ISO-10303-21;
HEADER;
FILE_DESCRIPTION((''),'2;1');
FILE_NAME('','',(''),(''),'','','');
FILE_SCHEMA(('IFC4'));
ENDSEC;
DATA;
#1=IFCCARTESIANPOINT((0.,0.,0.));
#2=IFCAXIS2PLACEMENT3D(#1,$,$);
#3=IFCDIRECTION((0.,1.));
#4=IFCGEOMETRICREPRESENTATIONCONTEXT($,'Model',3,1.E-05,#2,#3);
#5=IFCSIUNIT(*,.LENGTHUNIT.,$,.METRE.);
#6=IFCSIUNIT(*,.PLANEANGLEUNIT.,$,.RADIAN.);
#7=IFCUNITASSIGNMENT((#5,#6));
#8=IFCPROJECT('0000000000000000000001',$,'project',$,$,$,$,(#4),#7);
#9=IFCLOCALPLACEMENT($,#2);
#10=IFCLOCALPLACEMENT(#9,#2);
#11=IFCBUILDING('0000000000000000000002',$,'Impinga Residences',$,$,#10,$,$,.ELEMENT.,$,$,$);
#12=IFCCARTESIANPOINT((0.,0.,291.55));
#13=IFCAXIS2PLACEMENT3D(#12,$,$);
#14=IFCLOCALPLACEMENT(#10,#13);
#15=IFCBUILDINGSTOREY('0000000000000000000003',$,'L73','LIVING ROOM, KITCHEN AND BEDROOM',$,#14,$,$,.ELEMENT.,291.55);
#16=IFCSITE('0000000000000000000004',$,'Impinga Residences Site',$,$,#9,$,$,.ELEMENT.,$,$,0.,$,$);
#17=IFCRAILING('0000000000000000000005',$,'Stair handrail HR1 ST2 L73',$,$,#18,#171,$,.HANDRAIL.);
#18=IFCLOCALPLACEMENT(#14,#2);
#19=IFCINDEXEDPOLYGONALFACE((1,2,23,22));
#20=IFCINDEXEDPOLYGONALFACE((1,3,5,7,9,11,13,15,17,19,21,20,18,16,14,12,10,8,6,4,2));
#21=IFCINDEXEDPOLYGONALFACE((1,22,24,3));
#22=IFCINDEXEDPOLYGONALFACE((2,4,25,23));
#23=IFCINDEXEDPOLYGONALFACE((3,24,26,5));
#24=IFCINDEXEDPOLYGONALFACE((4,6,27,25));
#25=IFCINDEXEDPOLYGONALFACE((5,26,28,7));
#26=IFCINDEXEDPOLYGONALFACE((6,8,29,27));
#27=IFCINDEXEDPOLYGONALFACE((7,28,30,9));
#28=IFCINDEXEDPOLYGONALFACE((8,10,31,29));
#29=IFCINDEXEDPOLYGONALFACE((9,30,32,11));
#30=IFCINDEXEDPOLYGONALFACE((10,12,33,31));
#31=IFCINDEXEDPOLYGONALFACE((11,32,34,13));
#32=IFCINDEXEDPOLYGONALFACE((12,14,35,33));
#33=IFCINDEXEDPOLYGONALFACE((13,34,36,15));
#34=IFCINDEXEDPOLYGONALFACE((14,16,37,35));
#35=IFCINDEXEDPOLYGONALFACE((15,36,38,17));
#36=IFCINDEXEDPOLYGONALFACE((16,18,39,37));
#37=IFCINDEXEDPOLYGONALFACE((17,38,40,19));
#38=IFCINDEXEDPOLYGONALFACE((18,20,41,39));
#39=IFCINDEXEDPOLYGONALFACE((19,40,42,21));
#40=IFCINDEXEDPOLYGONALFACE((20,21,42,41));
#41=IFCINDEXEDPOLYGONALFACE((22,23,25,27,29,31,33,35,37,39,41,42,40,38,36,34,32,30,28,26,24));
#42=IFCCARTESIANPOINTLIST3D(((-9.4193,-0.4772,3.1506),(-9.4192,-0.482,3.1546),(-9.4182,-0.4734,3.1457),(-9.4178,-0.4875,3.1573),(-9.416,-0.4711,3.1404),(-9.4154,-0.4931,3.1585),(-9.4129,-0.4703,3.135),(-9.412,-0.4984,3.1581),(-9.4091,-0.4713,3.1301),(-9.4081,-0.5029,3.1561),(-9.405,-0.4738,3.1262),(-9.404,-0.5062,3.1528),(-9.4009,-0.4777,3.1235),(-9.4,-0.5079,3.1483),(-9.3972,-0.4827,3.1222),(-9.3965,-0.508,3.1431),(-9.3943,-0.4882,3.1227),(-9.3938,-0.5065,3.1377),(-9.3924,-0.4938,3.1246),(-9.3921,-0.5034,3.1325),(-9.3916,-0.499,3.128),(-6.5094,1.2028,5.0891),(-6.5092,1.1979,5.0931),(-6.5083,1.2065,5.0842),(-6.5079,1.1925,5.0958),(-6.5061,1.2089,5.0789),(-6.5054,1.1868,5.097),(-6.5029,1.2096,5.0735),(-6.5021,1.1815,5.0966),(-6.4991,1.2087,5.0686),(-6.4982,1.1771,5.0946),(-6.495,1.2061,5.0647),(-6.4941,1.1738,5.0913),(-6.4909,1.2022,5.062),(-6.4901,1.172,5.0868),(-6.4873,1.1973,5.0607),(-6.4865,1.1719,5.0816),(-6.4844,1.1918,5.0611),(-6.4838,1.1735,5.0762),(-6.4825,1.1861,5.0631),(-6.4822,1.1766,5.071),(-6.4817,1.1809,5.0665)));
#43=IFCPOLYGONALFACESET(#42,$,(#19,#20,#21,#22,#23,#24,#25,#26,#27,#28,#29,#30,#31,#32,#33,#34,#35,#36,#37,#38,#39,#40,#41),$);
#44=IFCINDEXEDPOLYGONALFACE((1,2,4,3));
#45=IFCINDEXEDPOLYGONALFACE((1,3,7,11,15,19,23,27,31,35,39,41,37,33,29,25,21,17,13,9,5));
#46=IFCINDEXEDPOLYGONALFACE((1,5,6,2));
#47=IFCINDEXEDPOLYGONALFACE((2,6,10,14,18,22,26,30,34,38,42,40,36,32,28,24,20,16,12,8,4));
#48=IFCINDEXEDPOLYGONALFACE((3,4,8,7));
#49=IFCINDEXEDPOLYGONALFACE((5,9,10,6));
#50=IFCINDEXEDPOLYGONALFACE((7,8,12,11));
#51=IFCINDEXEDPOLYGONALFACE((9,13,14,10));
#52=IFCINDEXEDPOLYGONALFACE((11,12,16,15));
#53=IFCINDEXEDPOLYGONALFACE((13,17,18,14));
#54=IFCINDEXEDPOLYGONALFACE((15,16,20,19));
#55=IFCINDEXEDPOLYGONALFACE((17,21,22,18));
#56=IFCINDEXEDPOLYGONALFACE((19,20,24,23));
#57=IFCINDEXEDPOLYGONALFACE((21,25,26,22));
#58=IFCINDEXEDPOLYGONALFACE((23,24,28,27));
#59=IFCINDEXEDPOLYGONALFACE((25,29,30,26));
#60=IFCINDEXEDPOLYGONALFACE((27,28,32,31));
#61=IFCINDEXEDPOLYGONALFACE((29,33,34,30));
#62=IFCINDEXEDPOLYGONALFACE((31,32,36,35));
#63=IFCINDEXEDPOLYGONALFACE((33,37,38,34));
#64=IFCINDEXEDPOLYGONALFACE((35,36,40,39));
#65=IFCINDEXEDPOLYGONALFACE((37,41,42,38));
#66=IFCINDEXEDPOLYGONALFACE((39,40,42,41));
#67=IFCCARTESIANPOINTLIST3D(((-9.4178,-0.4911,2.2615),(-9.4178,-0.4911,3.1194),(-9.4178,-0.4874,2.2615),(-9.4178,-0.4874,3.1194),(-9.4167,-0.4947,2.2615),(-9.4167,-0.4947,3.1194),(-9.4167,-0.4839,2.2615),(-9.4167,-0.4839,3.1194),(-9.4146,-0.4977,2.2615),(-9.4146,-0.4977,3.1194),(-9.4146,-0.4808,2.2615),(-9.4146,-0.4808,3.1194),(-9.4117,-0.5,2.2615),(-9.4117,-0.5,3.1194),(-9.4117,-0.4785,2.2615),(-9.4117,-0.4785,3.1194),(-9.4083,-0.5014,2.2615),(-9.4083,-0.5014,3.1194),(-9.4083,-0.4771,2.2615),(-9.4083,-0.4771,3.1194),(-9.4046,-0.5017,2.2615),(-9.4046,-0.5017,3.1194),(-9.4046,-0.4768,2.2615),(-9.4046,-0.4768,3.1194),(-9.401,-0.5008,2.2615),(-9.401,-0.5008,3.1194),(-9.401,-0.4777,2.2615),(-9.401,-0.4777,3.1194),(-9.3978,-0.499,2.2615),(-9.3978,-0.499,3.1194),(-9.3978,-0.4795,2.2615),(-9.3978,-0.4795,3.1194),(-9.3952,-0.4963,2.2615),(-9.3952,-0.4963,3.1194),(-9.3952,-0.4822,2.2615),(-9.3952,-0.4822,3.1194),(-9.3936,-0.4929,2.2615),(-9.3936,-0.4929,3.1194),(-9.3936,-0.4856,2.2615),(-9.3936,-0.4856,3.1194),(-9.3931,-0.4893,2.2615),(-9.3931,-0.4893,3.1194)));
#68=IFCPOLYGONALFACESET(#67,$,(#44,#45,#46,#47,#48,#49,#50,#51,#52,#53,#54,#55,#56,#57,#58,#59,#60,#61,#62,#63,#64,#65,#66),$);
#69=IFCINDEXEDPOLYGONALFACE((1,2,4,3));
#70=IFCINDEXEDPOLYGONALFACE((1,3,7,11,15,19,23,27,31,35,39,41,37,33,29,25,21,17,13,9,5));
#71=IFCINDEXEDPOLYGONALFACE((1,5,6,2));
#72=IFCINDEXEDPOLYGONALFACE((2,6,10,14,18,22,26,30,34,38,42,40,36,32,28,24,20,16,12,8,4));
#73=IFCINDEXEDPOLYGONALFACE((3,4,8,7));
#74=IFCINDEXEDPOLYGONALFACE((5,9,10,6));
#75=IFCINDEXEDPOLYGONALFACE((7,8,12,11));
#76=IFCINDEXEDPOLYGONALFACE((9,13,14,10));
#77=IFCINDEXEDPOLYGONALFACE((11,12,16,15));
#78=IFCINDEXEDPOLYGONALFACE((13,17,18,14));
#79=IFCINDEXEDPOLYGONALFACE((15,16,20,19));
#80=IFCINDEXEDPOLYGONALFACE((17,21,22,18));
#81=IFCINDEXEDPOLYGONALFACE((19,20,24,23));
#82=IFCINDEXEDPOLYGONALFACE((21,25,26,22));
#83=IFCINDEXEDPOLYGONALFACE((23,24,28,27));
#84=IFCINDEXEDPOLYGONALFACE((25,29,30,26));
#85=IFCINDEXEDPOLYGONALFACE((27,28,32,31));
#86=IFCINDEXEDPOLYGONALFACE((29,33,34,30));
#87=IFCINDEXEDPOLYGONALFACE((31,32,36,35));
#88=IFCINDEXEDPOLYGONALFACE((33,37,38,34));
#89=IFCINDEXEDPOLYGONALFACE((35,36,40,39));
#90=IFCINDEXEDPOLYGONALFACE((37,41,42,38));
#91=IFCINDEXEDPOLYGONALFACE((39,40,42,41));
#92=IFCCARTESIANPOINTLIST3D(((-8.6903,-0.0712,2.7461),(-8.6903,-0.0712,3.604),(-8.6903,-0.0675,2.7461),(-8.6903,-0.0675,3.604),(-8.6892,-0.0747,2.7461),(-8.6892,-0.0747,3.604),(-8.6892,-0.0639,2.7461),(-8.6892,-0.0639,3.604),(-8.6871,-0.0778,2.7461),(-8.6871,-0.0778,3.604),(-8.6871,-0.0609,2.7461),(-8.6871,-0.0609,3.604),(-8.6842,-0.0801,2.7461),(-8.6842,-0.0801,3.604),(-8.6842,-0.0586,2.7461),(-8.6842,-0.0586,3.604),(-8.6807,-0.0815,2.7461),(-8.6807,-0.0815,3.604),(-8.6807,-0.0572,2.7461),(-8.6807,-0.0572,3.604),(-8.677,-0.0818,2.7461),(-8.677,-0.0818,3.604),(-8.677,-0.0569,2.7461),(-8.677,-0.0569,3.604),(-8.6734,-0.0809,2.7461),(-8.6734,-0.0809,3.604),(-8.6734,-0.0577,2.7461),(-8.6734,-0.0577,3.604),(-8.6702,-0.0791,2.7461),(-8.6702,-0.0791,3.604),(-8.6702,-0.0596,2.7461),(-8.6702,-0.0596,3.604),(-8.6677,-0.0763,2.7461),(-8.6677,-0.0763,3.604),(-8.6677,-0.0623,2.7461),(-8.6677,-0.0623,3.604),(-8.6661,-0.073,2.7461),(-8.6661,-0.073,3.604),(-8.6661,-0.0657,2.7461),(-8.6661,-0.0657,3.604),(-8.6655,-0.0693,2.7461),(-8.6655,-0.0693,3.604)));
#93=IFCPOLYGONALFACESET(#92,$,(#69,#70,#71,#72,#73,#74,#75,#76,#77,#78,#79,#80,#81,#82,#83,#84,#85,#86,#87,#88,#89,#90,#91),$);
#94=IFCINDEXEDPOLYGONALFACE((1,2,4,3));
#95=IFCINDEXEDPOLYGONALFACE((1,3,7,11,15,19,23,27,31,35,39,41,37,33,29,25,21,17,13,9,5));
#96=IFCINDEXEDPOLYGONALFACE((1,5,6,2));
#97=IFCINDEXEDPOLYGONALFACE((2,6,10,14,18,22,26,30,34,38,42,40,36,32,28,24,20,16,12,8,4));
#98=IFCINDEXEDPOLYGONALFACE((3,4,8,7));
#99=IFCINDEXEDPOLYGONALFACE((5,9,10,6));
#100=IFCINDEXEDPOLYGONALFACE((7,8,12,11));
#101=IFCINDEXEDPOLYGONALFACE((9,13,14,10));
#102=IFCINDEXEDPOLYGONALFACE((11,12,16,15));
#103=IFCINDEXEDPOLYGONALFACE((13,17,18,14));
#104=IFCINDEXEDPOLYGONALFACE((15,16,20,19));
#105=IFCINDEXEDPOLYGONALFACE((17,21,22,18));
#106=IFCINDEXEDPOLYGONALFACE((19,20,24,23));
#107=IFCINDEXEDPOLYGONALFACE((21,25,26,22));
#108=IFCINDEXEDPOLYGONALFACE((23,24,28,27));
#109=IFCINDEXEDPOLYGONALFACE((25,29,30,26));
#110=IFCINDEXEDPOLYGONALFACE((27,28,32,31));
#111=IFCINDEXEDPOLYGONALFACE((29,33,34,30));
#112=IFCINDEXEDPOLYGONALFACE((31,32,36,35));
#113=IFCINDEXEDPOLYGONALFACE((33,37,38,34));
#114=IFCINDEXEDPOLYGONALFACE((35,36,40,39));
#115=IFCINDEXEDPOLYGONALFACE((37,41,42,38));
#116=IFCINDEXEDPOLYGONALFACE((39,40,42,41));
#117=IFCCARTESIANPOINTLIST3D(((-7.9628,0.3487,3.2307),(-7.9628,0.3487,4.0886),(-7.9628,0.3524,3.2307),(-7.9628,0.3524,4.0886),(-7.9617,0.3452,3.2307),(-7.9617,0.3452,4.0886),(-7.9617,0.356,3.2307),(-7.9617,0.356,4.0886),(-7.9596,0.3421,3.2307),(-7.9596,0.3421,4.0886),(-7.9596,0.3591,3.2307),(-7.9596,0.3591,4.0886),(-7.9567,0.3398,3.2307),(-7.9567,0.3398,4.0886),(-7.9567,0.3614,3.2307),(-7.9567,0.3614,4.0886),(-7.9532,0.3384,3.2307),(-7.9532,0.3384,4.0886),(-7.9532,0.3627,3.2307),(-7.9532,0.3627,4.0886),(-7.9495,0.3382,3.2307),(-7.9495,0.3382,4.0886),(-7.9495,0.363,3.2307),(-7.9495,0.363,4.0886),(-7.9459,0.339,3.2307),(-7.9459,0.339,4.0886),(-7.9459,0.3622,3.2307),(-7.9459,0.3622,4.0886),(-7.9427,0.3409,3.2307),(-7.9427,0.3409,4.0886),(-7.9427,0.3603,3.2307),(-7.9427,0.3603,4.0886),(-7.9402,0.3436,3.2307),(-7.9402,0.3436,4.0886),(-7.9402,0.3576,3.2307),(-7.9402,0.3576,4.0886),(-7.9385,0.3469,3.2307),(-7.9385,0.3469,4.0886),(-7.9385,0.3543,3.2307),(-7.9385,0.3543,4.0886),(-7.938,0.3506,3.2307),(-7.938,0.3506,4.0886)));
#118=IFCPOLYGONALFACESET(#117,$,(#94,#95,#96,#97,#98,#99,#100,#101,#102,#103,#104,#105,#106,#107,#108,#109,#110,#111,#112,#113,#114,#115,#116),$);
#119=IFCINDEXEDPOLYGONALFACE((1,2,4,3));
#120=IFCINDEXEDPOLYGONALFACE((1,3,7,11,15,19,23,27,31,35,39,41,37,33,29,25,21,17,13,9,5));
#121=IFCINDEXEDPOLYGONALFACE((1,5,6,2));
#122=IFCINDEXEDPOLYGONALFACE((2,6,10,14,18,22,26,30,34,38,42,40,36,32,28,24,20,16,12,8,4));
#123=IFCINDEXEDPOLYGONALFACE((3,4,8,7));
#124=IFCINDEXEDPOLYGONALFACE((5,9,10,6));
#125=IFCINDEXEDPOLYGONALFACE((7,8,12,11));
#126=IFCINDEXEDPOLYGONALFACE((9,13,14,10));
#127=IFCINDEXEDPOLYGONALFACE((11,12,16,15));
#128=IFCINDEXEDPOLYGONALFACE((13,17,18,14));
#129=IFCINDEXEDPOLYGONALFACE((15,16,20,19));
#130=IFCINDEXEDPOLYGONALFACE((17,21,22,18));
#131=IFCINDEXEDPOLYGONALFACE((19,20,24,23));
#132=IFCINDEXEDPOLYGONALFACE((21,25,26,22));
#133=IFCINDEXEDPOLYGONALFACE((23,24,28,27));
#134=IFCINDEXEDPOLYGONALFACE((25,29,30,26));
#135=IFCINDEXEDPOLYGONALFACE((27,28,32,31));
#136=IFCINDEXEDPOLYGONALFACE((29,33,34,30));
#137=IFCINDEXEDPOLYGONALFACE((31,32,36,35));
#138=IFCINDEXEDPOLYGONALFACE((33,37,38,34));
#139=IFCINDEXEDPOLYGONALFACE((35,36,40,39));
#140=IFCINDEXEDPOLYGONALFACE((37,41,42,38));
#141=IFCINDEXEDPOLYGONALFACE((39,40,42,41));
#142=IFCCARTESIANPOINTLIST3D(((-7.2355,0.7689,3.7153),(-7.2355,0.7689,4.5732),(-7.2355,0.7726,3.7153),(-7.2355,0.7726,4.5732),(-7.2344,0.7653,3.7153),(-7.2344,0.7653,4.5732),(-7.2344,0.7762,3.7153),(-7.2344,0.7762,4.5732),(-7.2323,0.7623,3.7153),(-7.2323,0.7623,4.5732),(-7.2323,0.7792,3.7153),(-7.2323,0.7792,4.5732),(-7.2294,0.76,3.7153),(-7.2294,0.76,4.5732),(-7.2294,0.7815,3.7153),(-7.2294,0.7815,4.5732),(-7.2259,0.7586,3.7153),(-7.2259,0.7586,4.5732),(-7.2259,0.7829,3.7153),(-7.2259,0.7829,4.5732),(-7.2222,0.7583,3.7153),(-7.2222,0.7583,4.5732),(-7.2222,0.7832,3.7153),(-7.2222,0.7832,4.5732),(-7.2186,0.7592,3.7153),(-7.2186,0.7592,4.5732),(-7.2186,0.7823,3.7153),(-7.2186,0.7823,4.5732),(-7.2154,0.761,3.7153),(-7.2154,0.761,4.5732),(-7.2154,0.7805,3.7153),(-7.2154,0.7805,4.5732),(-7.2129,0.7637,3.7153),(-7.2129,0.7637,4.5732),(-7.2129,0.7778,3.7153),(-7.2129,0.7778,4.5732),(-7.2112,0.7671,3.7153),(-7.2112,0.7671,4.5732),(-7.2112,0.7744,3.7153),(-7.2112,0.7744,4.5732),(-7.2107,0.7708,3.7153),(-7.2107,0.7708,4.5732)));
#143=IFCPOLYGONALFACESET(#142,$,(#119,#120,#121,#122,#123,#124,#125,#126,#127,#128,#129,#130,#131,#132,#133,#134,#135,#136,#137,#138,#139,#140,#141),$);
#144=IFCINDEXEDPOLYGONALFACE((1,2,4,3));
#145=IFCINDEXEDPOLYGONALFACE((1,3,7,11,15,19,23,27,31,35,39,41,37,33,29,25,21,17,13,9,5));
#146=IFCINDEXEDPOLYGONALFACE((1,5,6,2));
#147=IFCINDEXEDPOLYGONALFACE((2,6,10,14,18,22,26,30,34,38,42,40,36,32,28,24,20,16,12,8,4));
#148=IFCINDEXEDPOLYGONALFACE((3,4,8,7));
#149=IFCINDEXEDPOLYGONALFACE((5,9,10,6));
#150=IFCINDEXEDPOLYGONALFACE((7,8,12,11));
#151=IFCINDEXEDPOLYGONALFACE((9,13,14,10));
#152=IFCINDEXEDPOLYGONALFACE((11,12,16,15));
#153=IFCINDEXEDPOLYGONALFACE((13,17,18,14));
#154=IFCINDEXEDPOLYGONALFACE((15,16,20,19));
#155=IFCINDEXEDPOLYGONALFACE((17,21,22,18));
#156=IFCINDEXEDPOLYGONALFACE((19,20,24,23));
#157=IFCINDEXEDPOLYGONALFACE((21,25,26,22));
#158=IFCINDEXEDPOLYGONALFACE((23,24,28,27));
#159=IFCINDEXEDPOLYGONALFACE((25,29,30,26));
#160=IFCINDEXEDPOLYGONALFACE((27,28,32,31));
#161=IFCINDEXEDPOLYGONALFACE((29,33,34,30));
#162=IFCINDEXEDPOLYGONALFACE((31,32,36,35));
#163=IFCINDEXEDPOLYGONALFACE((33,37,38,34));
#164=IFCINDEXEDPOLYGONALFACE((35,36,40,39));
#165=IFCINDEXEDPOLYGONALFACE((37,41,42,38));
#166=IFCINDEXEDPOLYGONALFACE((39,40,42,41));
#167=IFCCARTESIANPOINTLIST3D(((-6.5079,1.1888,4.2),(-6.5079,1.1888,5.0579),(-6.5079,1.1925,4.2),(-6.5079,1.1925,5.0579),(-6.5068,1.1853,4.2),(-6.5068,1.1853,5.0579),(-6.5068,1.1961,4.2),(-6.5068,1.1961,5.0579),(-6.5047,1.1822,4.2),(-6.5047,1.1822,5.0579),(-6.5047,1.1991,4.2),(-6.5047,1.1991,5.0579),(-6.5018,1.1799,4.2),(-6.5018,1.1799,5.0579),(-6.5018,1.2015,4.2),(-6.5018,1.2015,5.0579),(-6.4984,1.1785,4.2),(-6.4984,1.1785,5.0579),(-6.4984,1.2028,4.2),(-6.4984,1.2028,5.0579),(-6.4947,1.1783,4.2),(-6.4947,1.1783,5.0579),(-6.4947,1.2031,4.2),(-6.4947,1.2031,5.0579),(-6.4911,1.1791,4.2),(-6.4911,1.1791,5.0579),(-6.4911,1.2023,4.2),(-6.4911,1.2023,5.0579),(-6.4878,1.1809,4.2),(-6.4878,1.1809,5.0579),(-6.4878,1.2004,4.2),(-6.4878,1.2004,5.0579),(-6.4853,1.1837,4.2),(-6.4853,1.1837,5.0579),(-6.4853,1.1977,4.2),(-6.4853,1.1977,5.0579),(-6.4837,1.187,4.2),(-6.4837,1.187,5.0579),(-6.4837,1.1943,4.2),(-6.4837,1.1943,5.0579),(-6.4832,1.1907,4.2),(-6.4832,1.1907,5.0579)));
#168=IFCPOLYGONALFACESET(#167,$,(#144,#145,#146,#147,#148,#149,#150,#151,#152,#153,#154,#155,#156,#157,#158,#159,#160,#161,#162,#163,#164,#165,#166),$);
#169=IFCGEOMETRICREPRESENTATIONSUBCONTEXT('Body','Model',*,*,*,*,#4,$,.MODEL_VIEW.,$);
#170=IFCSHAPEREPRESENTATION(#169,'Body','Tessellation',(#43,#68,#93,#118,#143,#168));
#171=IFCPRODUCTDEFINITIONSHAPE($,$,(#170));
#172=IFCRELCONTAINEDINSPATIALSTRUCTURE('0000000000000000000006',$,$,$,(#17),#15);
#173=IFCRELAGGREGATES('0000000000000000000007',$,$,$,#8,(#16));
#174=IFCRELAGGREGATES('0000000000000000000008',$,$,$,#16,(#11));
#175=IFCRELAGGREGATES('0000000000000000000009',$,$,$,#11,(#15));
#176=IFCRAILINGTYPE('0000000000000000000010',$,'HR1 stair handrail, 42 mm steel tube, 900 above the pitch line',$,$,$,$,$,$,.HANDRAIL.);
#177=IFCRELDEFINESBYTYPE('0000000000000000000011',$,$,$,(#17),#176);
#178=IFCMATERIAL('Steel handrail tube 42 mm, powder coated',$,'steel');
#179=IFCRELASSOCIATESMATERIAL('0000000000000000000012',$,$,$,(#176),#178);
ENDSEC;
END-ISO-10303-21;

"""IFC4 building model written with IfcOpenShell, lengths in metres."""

from ifc_helpers import new_model, si_unit, direction, frame, origin, origin_2d, place, context, subcontext, project, spatial, circle, extrude, material, type_object, element, save


model = new_model("IFC4")

# Units and contexts
model_context = context("Model", 3, precision=1e-05, world=origin(), true_north=direction((0.0, 1.0)))
body_context = subcontext(model_context, "Body", "Model", "MODEL_VIEW")
ifc_project = project(units=[si_unit("LENGTHUNIT", "METRE"), si_unit("PLANEANGLEUNIT", "RADIAN")], contexts=[model_context])

# Site, building, storey
site_placement = place(None, origin())
site = spatial("IfcSite", under=ifc_project, at=site_placement, Name="Impinga Residences Site", CompositionType="ELEMENT", RefElevation=0.0)
building_placement = place(site_placement, origin())
building = spatial("IfcBuilding", under=site, at=building_placement, Name="Impinga Residences", CompositionType="ELEMENT")
storey_placement = place(building_placement, frame((0.0, 0.0, 291.55)))
storey = spatial("IfcBuildingStorey", under=building, at=storey_placement, Name="L73", Description="LIVING ROOM, KITCHEN AND BEDROOM", CompositionType="ELEMENT", Elevation=291.55)

# Railing
ifc_material_1 = material(Name="Steel handrail tube 42 mm, powder coated", Category="steel")
railing_type_1 = type_object("IfcRailingType", Name="HR1 stair handrail, 42 mm steel tube, 900 above the pitch line", PredefinedType="HANDRAIL", material=ifc_material_1)
railing_1_placement = place(storey_placement, frame((-9.4055, -0.4893, 2.2615)))
element("IfcRailing", 1, at=railing_1_placement, inside=storey, type_object=railing_type_1, Name="Stair handrail HR1 ST2 L73", PredefinedType="HANDRAIL", context=body_context, shape_type="SweptSolid", body=[
    extrude(circle(Radius=0.021, at=origin_2d()), frame((0.0, 0.0, 0.8789), z_axis=(0.750151, 0.433072, 0.499723), x_axis=(-0.499976, 0.866039, 0.0)), (0.0, 0.0, 1.0), 3.8792),
    extrude(circle(Radius=0.0125, at=origin_2d()), origin(), (0.0, 0.0, 1.0), 0.8579),
    extrude(circle(Radius=0.0125, at=origin_2d()), frame((0.7275, 0.4199, 0.4846)), (0.0, 0.0, 1.0), 0.8579),
    extrude(circle(Radius=0.0125, at=origin_2d()), frame((1.4551, 0.8398, 0.9692)), (0.0, 0.0, 1.0), 0.8579),
    extrude(circle(Radius=0.0125, at=origin_2d()), frame((2.1824, 1.26, 1.4539)), (0.0, 0.0, 1.0), 0.8579),
    extrude(circle(Radius=0.0125, at=origin_2d()), frame((2.9099, 1.6799, 1.9385)), (0.0, 0.0, 1.0), 0.8579),
])

save(model, "model.ifc")
